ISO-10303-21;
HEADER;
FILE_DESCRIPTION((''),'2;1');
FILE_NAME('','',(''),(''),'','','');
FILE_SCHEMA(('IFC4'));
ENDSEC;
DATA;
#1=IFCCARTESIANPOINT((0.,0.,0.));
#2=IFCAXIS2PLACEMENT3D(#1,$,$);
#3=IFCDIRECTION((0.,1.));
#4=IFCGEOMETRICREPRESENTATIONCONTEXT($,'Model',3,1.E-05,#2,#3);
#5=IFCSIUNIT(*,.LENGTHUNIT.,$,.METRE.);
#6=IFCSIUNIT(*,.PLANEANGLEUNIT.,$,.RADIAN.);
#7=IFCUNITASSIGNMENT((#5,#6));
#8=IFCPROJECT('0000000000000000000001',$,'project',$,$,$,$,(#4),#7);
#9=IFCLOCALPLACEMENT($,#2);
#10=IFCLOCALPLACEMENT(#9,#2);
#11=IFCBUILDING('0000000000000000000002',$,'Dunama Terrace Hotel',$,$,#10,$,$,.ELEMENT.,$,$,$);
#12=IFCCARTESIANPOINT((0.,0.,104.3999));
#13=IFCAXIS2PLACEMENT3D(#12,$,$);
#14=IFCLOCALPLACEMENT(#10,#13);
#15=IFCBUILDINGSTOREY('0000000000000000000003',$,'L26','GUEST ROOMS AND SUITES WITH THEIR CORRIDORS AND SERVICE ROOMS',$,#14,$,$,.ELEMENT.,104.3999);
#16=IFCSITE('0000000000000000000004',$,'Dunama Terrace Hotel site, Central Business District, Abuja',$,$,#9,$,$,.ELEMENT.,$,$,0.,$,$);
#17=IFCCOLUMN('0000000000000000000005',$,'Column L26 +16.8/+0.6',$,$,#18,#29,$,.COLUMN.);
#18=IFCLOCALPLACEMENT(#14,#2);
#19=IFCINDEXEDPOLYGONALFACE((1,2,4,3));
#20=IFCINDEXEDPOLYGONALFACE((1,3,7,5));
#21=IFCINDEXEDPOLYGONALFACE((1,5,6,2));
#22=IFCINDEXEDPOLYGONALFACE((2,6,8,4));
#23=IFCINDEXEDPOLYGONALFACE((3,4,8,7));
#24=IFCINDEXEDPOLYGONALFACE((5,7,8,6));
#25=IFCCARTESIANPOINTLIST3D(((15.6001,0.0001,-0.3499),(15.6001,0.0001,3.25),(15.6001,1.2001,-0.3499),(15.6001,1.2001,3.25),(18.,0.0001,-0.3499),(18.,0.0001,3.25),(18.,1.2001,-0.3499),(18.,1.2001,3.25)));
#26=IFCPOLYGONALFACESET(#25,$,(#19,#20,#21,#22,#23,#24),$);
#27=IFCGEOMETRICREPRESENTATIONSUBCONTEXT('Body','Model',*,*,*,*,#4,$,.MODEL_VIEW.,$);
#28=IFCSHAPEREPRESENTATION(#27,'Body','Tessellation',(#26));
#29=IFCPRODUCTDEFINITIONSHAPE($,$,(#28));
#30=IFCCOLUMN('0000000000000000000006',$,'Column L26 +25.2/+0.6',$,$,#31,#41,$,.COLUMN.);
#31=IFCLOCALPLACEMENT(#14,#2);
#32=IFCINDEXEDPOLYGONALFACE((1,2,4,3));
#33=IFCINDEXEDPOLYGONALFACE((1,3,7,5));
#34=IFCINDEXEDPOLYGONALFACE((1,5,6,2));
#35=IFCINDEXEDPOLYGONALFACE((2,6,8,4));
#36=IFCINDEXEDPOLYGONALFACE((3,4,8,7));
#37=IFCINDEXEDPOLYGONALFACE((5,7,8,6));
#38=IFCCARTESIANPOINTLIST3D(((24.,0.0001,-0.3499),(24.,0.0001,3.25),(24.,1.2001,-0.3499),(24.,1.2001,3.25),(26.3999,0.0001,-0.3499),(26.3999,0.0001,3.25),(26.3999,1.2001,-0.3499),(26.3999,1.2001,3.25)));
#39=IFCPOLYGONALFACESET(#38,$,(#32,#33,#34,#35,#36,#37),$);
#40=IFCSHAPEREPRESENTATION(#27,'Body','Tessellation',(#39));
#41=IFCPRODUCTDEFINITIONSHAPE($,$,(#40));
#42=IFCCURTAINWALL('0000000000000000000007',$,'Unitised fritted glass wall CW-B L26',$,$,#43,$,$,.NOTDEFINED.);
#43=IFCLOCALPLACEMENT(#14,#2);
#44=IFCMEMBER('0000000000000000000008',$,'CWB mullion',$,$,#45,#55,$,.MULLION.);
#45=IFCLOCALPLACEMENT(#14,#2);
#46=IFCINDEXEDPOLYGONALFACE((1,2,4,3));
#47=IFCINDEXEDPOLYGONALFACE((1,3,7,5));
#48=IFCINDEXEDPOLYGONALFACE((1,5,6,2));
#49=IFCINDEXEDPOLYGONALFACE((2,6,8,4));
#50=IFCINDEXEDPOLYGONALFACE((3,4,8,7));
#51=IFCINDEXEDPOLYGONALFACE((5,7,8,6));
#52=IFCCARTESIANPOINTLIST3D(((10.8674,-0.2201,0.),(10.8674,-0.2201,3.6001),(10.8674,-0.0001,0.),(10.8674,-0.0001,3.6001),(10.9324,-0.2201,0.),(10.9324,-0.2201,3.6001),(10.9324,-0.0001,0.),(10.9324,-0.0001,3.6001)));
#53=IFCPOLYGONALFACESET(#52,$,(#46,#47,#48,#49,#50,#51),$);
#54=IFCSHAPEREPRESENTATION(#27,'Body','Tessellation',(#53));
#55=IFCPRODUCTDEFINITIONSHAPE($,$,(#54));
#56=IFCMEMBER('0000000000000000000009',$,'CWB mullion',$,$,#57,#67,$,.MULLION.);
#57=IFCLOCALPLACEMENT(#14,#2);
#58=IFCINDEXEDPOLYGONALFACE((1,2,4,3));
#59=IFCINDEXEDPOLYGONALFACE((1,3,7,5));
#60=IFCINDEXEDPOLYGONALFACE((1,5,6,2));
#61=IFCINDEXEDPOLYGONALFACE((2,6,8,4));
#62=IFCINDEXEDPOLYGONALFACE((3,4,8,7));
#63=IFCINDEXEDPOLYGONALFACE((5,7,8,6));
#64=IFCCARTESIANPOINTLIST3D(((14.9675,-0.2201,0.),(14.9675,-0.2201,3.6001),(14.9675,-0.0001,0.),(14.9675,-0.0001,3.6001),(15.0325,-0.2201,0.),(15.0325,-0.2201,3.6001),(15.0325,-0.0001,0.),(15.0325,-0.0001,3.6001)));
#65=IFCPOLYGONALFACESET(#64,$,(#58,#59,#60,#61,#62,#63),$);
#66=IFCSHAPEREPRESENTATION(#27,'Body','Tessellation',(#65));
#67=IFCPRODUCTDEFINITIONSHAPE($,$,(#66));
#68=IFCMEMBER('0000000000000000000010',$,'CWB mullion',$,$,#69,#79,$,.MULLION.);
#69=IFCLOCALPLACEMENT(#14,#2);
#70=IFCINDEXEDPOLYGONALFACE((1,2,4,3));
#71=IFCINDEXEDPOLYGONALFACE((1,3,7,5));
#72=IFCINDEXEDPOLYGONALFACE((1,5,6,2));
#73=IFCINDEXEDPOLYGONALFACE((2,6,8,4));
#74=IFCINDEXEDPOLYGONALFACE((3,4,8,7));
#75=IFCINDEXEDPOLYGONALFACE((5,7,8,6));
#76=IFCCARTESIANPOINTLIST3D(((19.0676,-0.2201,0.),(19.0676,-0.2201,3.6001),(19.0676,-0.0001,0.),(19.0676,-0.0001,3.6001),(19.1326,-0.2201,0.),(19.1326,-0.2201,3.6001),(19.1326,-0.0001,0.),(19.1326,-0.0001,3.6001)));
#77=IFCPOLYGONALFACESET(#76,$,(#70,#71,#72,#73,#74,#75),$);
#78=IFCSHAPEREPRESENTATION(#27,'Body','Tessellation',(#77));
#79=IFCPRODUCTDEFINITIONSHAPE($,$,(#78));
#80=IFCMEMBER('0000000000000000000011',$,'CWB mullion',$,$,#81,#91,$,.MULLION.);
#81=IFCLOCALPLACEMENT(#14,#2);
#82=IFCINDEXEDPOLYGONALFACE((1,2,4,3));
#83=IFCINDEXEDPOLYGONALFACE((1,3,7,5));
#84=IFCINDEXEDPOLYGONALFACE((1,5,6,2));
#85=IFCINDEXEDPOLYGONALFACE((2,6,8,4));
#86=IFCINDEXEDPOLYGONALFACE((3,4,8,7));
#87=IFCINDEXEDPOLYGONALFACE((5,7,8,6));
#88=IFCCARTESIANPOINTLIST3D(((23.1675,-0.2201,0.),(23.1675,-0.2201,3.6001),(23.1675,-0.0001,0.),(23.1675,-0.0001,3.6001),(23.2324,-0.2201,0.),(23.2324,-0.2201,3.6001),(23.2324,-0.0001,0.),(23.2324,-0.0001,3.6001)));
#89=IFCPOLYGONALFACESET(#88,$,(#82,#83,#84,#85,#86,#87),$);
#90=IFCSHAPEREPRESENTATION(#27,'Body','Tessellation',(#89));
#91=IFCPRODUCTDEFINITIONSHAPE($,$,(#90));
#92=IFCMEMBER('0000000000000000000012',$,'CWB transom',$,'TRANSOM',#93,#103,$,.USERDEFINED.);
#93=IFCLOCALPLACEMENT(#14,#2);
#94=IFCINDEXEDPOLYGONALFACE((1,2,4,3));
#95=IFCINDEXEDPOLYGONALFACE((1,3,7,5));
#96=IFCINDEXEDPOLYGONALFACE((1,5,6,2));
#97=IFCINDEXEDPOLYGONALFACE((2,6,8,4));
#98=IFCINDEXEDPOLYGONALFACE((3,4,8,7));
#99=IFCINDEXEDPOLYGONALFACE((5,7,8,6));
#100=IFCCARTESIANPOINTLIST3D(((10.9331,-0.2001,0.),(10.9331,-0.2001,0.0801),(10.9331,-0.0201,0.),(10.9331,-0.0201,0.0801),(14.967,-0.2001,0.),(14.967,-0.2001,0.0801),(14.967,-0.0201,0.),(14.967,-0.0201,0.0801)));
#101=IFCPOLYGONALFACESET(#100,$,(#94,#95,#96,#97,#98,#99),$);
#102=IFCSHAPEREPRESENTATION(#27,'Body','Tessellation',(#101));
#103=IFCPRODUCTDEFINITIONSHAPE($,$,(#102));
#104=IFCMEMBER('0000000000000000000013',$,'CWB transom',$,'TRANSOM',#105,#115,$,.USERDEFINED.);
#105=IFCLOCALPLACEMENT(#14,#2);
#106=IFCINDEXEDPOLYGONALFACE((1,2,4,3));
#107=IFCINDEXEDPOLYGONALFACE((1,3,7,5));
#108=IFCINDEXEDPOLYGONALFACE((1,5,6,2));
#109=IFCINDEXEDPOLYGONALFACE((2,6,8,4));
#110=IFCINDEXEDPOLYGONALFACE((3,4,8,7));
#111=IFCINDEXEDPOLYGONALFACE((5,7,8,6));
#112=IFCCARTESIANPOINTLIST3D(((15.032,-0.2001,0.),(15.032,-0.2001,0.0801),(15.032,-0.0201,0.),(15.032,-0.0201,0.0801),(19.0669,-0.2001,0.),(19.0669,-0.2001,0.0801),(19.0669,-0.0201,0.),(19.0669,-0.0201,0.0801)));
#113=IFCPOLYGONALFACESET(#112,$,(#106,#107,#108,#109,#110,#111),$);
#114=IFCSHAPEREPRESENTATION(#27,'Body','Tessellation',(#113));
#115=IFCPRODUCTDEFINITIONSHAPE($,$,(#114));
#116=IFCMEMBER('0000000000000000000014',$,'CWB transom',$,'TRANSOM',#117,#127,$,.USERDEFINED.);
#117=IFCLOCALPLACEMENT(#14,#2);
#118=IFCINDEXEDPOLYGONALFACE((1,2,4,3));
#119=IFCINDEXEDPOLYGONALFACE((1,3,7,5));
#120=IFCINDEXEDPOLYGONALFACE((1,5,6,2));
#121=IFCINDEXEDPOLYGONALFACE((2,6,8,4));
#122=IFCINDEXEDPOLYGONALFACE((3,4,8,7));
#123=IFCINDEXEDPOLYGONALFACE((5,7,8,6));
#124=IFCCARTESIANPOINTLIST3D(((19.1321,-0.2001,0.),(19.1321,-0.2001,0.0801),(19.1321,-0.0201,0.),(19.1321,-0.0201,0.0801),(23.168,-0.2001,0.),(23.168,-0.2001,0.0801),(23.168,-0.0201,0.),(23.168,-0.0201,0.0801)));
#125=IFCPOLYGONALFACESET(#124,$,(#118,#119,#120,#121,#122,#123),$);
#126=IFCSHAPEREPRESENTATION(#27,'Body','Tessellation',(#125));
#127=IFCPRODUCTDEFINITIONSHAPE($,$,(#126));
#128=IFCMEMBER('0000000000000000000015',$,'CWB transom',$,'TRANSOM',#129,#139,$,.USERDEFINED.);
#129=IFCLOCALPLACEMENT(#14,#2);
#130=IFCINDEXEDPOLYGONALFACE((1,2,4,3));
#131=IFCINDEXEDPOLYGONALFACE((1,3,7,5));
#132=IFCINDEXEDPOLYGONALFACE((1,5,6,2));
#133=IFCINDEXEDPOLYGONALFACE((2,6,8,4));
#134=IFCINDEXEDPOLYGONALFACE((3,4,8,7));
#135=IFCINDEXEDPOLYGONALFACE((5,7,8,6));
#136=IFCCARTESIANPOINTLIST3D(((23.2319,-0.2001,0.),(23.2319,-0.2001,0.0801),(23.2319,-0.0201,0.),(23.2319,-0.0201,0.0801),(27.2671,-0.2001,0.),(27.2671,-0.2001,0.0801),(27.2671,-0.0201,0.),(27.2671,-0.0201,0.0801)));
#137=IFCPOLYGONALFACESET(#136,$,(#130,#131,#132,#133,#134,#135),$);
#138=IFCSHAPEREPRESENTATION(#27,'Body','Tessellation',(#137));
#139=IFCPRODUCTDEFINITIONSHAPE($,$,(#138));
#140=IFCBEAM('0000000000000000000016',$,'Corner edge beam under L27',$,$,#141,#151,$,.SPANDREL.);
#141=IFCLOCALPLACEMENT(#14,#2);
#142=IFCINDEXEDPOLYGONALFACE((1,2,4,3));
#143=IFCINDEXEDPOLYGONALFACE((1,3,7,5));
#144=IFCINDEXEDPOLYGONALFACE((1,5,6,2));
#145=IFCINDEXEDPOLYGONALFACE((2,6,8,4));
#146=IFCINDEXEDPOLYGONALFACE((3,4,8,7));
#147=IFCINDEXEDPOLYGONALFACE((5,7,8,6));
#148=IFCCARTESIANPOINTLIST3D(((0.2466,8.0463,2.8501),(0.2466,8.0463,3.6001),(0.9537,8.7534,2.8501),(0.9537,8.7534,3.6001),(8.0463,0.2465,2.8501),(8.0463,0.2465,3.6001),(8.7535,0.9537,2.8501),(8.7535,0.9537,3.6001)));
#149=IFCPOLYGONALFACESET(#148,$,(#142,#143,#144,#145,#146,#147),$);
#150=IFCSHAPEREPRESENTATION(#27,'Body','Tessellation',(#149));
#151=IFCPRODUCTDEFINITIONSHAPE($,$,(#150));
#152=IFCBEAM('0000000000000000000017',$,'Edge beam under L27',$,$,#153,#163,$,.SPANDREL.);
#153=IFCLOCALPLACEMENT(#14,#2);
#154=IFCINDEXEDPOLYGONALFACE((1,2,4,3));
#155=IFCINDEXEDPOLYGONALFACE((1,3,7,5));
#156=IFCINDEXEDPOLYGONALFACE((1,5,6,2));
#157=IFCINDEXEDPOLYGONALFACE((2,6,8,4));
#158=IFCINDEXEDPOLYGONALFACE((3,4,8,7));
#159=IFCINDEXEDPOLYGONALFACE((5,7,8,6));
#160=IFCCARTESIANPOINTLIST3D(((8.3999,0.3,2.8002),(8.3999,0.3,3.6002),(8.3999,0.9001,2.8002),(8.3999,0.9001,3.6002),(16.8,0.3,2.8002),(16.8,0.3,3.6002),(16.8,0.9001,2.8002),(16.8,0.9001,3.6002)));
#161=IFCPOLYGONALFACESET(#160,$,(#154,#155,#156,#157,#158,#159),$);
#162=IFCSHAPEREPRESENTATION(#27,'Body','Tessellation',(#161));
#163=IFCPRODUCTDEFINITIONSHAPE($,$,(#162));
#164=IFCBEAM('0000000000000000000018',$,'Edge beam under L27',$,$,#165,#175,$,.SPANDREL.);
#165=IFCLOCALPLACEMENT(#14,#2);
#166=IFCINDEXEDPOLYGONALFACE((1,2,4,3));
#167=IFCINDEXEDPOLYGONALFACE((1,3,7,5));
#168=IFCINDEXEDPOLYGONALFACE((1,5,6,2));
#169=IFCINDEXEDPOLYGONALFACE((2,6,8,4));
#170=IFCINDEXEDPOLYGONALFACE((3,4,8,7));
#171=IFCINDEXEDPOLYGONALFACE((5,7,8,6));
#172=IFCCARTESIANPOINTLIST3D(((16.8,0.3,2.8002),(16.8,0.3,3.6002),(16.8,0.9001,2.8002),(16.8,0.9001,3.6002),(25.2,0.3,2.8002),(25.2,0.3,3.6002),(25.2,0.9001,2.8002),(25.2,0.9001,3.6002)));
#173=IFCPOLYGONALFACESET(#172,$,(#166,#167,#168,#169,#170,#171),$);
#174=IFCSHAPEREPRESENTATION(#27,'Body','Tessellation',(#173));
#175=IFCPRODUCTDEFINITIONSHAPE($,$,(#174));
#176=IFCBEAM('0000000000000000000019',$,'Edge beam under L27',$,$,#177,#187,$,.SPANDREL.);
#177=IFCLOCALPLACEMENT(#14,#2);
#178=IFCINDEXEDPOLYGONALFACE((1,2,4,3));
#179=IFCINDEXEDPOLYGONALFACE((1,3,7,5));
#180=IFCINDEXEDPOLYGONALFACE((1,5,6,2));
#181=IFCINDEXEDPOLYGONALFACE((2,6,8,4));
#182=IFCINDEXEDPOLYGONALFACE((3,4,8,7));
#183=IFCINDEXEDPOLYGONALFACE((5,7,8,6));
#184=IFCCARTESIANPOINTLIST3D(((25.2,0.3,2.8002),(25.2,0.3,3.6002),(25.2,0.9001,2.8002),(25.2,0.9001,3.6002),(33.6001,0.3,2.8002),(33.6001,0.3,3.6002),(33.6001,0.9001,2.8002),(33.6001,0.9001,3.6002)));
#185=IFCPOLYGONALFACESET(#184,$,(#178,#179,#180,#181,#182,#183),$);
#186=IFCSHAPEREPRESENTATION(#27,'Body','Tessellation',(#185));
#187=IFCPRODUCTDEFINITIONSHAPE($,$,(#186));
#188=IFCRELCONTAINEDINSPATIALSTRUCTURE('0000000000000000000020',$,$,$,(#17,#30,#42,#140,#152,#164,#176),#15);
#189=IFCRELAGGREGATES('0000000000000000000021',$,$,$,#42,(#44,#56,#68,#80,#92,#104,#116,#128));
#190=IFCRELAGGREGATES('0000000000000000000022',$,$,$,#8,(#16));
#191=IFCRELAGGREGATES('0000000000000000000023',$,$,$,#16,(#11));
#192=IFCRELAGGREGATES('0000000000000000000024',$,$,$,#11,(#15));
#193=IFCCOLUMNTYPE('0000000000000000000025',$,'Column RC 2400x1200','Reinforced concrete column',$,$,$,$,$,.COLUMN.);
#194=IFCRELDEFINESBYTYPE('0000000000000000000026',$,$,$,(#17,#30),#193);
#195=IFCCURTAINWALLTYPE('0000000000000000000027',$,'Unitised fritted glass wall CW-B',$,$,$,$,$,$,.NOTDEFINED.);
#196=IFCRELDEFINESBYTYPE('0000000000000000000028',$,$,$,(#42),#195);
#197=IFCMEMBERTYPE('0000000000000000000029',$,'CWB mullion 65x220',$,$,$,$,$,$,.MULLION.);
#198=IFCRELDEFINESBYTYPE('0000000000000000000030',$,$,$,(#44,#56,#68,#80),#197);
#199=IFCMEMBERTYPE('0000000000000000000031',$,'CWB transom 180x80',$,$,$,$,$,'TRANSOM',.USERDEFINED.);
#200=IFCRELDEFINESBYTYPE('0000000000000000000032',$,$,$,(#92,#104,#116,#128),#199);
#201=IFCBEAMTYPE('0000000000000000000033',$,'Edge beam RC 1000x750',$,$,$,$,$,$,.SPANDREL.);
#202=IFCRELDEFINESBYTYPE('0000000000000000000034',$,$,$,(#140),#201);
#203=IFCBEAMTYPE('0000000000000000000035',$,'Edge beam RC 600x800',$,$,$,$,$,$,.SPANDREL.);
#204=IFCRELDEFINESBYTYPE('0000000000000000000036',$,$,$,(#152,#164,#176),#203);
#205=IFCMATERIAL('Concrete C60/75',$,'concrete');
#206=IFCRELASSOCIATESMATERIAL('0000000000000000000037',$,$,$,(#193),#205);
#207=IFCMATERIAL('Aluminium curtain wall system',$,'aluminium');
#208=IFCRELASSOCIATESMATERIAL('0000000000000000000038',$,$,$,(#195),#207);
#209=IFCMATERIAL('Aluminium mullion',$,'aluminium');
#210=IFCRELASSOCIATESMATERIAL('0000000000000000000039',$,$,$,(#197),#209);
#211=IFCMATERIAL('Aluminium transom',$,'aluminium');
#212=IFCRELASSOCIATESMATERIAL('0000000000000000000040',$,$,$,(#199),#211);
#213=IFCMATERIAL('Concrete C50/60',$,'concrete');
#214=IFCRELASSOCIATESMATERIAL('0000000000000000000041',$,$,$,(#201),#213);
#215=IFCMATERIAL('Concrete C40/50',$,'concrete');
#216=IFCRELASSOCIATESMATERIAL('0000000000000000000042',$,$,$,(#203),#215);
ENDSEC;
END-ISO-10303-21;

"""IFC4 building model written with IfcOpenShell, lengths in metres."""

from ifc_helpers import new_model, si_unit, direction, frame, origin, origin_2d, place, context, subcontext, project, spatial, rectangle, extrude, material, material_profile, profile_set, type_object, element, aggregate, save


model = new_model("IFC4")

# Units and contexts
model_context = context("Model", 3, precision=1e-05, world=origin(), true_north=direction((0.0, 1.0)))
body_context = subcontext(model_context, "Body", "Model", "MODEL_VIEW")
ifc_project = project(units=[si_unit("LENGTHUNIT", "METRE"), si_unit("PLANEANGLEUNIT", "RADIAN")], contexts=[model_context])

# Site, building, storey
site_placement = place(None, origin())
site = spatial("IfcSite", under=ifc_project, at=site_placement, Name="Dunama Terrace Hotel site, Central Business District, Abuja", CompositionType="ELEMENT", RefElevation=0.0)
building_placement = place(site_placement, origin())
building = spatial("IfcBuilding", under=site, at=building_placement, Name="Dunama Terrace Hotel", CompositionType="ELEMENT")
storey_placement = place(building_placement, frame((0.0, 0.0, 104.3999)))
storey = spatial("IfcBuildingStorey", under=building, at=storey_placement, Name="L26", Description="GUEST ROOMS AND SUITES WITH THEIR CORRIDORS AND SERVICE ROOMS", CompositionType="ELEMENT", Elevation=104.3999)

# Columns
ifc_material_1 = material(Name="Concrete C60/75", Category="concrete")
ifc_material_profile_1 = material_profile(ifc_material_1, rectangle(XDim=2.3999, YDim=1.2, at=origin_2d()), Name="RC 2400x1200")
ifc_profile_set_1 = profile_set([ifc_material_profile_1], Name="Concrete C60/75")
column_type = type_object("IfcColumnType", Name="Column RC 2400x1200", Description="Reinforced concrete column", PredefinedType="COLUMN", material=ifc_profile_set_1)
for number, where, z_axis, x_axis, name in (
    (1, (16.8, 0.6001, -0.3499), (0.0, 0.0, 1.0), (1.0, 0.0, 0.0), "Column L26 +16.8/+0.6"),
    (2, (25.2, 0.6001, -0.3499), (0.0, 0.0, 1.0), (1.0, 0.0, 0.0), "Column L26 +25.2/+0.6"),
):
    element("IfcColumn", number, at=place(storey_placement, frame(where, z_axis=z_axis, x_axis=x_axis)), inside=storey, type_object=column_type, Name=name, PredefinedType="COLUMN", context=body_context, shape_type="SweptSolid", body=[
        extrude(rectangle(XDim=2.3999, YDim=1.2, at=origin_2d()), origin(), (0.0, 0.0, 1.0), 3.5999),
    ])

# Curtain wall, members
ifc_material_2 = material(Name="Aluminium curtain wall system", Category="aluminium")
curtain_wall_type = type_object("IfcCurtainWallType", Name="Unitised fritted glass wall CW-B", PredefinedType="NOTDEFINED", material=ifc_material_2)
curtain_wall_placement = place(storey_placement, origin())
curtain_wall = element("IfcCurtainWall", 3, at=curtain_wall_placement, inside=storey, type_object=curtain_wall_type, Name="Unitised fritted glass wall CW-B L26", PredefinedType="NOTDEFINED")
ifc_material_3 = material(Name="Aluminium mullion", Category="aluminium")
ifc_material_profile_2 = material_profile(ifc_material_3, rectangle(XDim=0.0649, YDim=0.22, at=origin_2d()), Name="CWB MULLION 65X220")
ifc_profile_set_2 = profile_set([ifc_material_profile_2], Name="Aluminium mullion")
member_type_1 = type_object("IfcMemberType", Name="CWB mullion 65x220", PredefinedType="MULLION", material=ifc_profile_set_2)
member_1_placement = place(storey_placement, frame((10.8999, -0.1101, 0.0), z_axis=(0.0, 0.0, 1.0), x_axis=(1.0, 0.0, 0.0)))
member_1 = element("IfcMember", 4, at=member_1_placement, type_object=member_type_1, Name="CWB mullion", PredefinedType="MULLION", context=body_context, shape_type="SweptSolid", body=[
    extrude(rectangle(XDim=0.0649, YDim=0.22, at=origin_2d()), origin(), (0.0, 0.0, 1.0), 3.6001),
])
member_2_placement = place(storey_placement, frame((15.0, -0.1101, 0.0), z_axis=(0.0, 0.0, 1.0), x_axis=(1.0, 0.0, 0.0)))
member_2 = element("IfcMember", 5, at=member_2_placement, type_object=member_type_1, Name="CWB mullion", PredefinedType="MULLION", context=body_context, shape_type="SweptSolid", body=[
    extrude(rectangle(XDim=0.0649, YDim=0.22, at=origin_2d()), origin(), (0.0, 0.0, 1.0), 3.6001),
])
member_3_placement = place(storey_placement, frame((19.1001, -0.1101, 0.0), z_axis=(0.0, 0.0, 1.0), x_axis=(1.0, 0.0, 0.0)))
member_3 = element("IfcMember", 6, at=member_3_placement, type_object=member_type_1, Name="CWB mullion", PredefinedType="MULLION", context=body_context, shape_type="SweptSolid", body=[
    extrude(rectangle(XDim=0.0649, YDim=0.22, at=origin_2d()), origin(), (0.0, 0.0, 1.0), 3.6001),
])
member_4_placement = place(storey_placement, frame((23.2, -0.1101, 0.0), z_axis=(0.0, 0.0, 1.0), x_axis=(1.0, 0.0, 0.0)))
member_4 = element("IfcMember", 7, at=member_4_placement, type_object=member_type_1, Name="CWB mullion", PredefinedType="MULLION", context=body_context, shape_type="SweptSolid", body=[
    extrude(rectangle(XDim=0.0649, YDim=0.22, at=origin_2d()), origin(), (0.0, 0.0, 1.0), 3.6001),
])
ifc_material_4 = material(Name="Aluminium transom", Category="aluminium")
ifc_material_profile_3 = material_profile(ifc_material_4, rectangle(XDim=0.1799, YDim=0.0801, at=origin_2d()), Name="CWB TRANSOM 180X80")
ifc_profile_set_3 = profile_set([ifc_material_profile_3], Name="Aluminium transom")
member_type_2 = type_object("IfcMemberType", Name="CWB transom 180x80", ElementType="TRANSOM", PredefinedType="USERDEFINED", material=ifc_profile_set_3)
member_5_placement = place(storey_placement, frame((10.9331, -0.1101, 0.04), z_axis=(1.0, 0.0, 0.0), x_axis=(0.0, 1.0, 0.0)))
member_5 = element("IfcMember", 8, at=member_5_placement, type_object=member_type_2, Name="CWB transom", ObjectType="TRANSOM", PredefinedType="USERDEFINED", context=body_context, shape_type="SweptSolid", body=[
    extrude(rectangle(XDim=0.1799, YDim=0.0801, at=origin_2d()), origin(), (0.0, 0.0, 1.0), 4.0339),
])
member_6_placement = place(storey_placement, frame((15.032, -0.1101, 0.04), z_axis=(1.0, 0.0, 0.0), x_axis=(0.0, 1.0, 0.0)))
member_6 = element("IfcMember", 9, at=member_6_placement, type_object=member_type_2, Name="CWB transom", ObjectType="TRANSOM", PredefinedType="USERDEFINED", context=body_context, shape_type="SweptSolid", body=[
    extrude(rectangle(XDim=0.1799, YDim=0.0801, at=origin_2d()), origin(), (0.0, 0.0, 1.0), 4.0349),
])
member_7_placement = place(storey_placement, frame((19.1321, -0.1101, 0.04), z_axis=(1.0, 0.0, 0.0), x_axis=(0.0, 1.0, 0.0)))
member_7 = element("IfcMember", 10, at=member_7_placement, type_object=member_type_2, Name="CWB transom", ObjectType="TRANSOM", PredefinedType="USERDEFINED", context=body_context, shape_type="SweptSolid", body=[
    extrude(rectangle(XDim=0.1799, YDim=0.0801, at=origin_2d()), origin(), (0.0, 0.0, 1.0), 4.0359),
])
member_8_placement = place(storey_placement, frame((23.2319, -0.1101, 0.04), z_axis=(1.0, 0.0, 0.0), x_axis=(0.0, 1.0, 0.0)))
member_8 = element("IfcMember", 11, at=member_8_placement, type_object=member_type_2, Name="CWB transom", ObjectType="TRANSOM", PredefinedType="USERDEFINED", context=body_context, shape_type="SweptSolid", body=[
    extrude(rectangle(XDim=0.1799, YDim=0.0801, at=origin_2d()), origin(), (0.0, 0.0, 1.0), 4.0352),
])

# Beams
ifc_material_5 = material(Name="Concrete C50/60", Category="concrete")
ifc_material_profile_4 = material_profile(ifc_material_5, rectangle(XDim=1.0, YDim=0.75, at=origin_2d()), Name="RC 1000x750")
ifc_profile_set_4 = profile_set([ifc_material_profile_4], Name="Concrete C50/60")
beam_type_1 = type_object("IfcBeamType", Name="Edge beam RC 1000x750", PredefinedType="SPANDREL", material=ifc_profile_set_4)
beam_1_placement = place(storey_placement, frame((8.3999, 0.6001, 3.2251), z_axis=(-0.707107, 0.707107, 0.0), x_axis=(-0.707107, -0.707107, 0.0)))
element("IfcBeam", 12, at=beam_1_placement, inside=storey, type_object=beam_type_1, Name="Corner edge beam under L27", PredefinedType="SPANDREL", context=body_context, shape_type="SweptSolid", body=[
    extrude(rectangle(XDim=1.0, YDim=0.75, at=origin_2d()), origin(), (0.0, 0.0, 1.0), 11.0305),
])
ifc_material_6 = material(Name="Concrete C40/50", Category="concrete")
ifc_material_profile_5 = material_profile(ifc_material_6, rectangle(XDim=0.6001, YDim=0.8, at=origin_2d()), Name="RC 600x800")
ifc_profile_set_5 = profile_set([ifc_material_profile_5], Name="Concrete C40/50")
beam_type_2 = type_object("IfcBeamType", Name="Edge beam RC 600x800", PredefinedType="SPANDREL", material=ifc_profile_set_5)
beam_2_placement = place(storey_placement, frame((8.3999, 0.6001, 3.2002), z_axis=(1.0, 0.0, 0.0), x_axis=(0.0, 1.0, 0.0)))
element("IfcBeam", 13, at=beam_2_placement, inside=storey, type_object=beam_type_2, Name="Edge beam under L27", PredefinedType="SPANDREL", context=body_context, shape_type="SweptSolid", body=[
    extrude(rectangle(XDim=0.6001, YDim=0.8, at=origin_2d()), origin(), (0.0, 0.0, 1.0), 8.4001),
])
beam_3_placement = place(storey_placement, frame((16.8, 0.6001, 3.2002), z_axis=(1.0, 0.0, 0.0), x_axis=(0.0, 1.0, 0.0)))
element("IfcBeam", 14, at=beam_3_placement, inside=storey, type_object=beam_type_2, Name="Edge beam under L27", PredefinedType="SPANDREL", context=body_context, shape_type="SweptSolid", body=[
    extrude(rectangle(XDim=0.6001, YDim=0.8, at=origin_2d()), origin(), (0.0, 0.0, 1.0), 8.3999),
])
beam_4_placement = place(storey_placement, frame((25.2, 0.6001, 3.2002), z_axis=(1.0, 0.0, 0.0), x_axis=(0.0, 1.0, 0.0)))
element("IfcBeam", 15, at=beam_4_placement, inside=storey, type_object=beam_type_2, Name="Edge beam under L27", PredefinedType="SPANDREL", context=body_context, shape_type="SweptSolid", body=[
    extrude(rectangle(XDim=0.6001, YDim=0.8, at=origin_2d()), origin(), (0.0, 0.0, 1.0), 8.4001),
])

aggregate(curtain_wall, [member_1, member_2, member_3, member_4, member_5, member_6, member_7, member_8])

save(model, "model.ifc")
